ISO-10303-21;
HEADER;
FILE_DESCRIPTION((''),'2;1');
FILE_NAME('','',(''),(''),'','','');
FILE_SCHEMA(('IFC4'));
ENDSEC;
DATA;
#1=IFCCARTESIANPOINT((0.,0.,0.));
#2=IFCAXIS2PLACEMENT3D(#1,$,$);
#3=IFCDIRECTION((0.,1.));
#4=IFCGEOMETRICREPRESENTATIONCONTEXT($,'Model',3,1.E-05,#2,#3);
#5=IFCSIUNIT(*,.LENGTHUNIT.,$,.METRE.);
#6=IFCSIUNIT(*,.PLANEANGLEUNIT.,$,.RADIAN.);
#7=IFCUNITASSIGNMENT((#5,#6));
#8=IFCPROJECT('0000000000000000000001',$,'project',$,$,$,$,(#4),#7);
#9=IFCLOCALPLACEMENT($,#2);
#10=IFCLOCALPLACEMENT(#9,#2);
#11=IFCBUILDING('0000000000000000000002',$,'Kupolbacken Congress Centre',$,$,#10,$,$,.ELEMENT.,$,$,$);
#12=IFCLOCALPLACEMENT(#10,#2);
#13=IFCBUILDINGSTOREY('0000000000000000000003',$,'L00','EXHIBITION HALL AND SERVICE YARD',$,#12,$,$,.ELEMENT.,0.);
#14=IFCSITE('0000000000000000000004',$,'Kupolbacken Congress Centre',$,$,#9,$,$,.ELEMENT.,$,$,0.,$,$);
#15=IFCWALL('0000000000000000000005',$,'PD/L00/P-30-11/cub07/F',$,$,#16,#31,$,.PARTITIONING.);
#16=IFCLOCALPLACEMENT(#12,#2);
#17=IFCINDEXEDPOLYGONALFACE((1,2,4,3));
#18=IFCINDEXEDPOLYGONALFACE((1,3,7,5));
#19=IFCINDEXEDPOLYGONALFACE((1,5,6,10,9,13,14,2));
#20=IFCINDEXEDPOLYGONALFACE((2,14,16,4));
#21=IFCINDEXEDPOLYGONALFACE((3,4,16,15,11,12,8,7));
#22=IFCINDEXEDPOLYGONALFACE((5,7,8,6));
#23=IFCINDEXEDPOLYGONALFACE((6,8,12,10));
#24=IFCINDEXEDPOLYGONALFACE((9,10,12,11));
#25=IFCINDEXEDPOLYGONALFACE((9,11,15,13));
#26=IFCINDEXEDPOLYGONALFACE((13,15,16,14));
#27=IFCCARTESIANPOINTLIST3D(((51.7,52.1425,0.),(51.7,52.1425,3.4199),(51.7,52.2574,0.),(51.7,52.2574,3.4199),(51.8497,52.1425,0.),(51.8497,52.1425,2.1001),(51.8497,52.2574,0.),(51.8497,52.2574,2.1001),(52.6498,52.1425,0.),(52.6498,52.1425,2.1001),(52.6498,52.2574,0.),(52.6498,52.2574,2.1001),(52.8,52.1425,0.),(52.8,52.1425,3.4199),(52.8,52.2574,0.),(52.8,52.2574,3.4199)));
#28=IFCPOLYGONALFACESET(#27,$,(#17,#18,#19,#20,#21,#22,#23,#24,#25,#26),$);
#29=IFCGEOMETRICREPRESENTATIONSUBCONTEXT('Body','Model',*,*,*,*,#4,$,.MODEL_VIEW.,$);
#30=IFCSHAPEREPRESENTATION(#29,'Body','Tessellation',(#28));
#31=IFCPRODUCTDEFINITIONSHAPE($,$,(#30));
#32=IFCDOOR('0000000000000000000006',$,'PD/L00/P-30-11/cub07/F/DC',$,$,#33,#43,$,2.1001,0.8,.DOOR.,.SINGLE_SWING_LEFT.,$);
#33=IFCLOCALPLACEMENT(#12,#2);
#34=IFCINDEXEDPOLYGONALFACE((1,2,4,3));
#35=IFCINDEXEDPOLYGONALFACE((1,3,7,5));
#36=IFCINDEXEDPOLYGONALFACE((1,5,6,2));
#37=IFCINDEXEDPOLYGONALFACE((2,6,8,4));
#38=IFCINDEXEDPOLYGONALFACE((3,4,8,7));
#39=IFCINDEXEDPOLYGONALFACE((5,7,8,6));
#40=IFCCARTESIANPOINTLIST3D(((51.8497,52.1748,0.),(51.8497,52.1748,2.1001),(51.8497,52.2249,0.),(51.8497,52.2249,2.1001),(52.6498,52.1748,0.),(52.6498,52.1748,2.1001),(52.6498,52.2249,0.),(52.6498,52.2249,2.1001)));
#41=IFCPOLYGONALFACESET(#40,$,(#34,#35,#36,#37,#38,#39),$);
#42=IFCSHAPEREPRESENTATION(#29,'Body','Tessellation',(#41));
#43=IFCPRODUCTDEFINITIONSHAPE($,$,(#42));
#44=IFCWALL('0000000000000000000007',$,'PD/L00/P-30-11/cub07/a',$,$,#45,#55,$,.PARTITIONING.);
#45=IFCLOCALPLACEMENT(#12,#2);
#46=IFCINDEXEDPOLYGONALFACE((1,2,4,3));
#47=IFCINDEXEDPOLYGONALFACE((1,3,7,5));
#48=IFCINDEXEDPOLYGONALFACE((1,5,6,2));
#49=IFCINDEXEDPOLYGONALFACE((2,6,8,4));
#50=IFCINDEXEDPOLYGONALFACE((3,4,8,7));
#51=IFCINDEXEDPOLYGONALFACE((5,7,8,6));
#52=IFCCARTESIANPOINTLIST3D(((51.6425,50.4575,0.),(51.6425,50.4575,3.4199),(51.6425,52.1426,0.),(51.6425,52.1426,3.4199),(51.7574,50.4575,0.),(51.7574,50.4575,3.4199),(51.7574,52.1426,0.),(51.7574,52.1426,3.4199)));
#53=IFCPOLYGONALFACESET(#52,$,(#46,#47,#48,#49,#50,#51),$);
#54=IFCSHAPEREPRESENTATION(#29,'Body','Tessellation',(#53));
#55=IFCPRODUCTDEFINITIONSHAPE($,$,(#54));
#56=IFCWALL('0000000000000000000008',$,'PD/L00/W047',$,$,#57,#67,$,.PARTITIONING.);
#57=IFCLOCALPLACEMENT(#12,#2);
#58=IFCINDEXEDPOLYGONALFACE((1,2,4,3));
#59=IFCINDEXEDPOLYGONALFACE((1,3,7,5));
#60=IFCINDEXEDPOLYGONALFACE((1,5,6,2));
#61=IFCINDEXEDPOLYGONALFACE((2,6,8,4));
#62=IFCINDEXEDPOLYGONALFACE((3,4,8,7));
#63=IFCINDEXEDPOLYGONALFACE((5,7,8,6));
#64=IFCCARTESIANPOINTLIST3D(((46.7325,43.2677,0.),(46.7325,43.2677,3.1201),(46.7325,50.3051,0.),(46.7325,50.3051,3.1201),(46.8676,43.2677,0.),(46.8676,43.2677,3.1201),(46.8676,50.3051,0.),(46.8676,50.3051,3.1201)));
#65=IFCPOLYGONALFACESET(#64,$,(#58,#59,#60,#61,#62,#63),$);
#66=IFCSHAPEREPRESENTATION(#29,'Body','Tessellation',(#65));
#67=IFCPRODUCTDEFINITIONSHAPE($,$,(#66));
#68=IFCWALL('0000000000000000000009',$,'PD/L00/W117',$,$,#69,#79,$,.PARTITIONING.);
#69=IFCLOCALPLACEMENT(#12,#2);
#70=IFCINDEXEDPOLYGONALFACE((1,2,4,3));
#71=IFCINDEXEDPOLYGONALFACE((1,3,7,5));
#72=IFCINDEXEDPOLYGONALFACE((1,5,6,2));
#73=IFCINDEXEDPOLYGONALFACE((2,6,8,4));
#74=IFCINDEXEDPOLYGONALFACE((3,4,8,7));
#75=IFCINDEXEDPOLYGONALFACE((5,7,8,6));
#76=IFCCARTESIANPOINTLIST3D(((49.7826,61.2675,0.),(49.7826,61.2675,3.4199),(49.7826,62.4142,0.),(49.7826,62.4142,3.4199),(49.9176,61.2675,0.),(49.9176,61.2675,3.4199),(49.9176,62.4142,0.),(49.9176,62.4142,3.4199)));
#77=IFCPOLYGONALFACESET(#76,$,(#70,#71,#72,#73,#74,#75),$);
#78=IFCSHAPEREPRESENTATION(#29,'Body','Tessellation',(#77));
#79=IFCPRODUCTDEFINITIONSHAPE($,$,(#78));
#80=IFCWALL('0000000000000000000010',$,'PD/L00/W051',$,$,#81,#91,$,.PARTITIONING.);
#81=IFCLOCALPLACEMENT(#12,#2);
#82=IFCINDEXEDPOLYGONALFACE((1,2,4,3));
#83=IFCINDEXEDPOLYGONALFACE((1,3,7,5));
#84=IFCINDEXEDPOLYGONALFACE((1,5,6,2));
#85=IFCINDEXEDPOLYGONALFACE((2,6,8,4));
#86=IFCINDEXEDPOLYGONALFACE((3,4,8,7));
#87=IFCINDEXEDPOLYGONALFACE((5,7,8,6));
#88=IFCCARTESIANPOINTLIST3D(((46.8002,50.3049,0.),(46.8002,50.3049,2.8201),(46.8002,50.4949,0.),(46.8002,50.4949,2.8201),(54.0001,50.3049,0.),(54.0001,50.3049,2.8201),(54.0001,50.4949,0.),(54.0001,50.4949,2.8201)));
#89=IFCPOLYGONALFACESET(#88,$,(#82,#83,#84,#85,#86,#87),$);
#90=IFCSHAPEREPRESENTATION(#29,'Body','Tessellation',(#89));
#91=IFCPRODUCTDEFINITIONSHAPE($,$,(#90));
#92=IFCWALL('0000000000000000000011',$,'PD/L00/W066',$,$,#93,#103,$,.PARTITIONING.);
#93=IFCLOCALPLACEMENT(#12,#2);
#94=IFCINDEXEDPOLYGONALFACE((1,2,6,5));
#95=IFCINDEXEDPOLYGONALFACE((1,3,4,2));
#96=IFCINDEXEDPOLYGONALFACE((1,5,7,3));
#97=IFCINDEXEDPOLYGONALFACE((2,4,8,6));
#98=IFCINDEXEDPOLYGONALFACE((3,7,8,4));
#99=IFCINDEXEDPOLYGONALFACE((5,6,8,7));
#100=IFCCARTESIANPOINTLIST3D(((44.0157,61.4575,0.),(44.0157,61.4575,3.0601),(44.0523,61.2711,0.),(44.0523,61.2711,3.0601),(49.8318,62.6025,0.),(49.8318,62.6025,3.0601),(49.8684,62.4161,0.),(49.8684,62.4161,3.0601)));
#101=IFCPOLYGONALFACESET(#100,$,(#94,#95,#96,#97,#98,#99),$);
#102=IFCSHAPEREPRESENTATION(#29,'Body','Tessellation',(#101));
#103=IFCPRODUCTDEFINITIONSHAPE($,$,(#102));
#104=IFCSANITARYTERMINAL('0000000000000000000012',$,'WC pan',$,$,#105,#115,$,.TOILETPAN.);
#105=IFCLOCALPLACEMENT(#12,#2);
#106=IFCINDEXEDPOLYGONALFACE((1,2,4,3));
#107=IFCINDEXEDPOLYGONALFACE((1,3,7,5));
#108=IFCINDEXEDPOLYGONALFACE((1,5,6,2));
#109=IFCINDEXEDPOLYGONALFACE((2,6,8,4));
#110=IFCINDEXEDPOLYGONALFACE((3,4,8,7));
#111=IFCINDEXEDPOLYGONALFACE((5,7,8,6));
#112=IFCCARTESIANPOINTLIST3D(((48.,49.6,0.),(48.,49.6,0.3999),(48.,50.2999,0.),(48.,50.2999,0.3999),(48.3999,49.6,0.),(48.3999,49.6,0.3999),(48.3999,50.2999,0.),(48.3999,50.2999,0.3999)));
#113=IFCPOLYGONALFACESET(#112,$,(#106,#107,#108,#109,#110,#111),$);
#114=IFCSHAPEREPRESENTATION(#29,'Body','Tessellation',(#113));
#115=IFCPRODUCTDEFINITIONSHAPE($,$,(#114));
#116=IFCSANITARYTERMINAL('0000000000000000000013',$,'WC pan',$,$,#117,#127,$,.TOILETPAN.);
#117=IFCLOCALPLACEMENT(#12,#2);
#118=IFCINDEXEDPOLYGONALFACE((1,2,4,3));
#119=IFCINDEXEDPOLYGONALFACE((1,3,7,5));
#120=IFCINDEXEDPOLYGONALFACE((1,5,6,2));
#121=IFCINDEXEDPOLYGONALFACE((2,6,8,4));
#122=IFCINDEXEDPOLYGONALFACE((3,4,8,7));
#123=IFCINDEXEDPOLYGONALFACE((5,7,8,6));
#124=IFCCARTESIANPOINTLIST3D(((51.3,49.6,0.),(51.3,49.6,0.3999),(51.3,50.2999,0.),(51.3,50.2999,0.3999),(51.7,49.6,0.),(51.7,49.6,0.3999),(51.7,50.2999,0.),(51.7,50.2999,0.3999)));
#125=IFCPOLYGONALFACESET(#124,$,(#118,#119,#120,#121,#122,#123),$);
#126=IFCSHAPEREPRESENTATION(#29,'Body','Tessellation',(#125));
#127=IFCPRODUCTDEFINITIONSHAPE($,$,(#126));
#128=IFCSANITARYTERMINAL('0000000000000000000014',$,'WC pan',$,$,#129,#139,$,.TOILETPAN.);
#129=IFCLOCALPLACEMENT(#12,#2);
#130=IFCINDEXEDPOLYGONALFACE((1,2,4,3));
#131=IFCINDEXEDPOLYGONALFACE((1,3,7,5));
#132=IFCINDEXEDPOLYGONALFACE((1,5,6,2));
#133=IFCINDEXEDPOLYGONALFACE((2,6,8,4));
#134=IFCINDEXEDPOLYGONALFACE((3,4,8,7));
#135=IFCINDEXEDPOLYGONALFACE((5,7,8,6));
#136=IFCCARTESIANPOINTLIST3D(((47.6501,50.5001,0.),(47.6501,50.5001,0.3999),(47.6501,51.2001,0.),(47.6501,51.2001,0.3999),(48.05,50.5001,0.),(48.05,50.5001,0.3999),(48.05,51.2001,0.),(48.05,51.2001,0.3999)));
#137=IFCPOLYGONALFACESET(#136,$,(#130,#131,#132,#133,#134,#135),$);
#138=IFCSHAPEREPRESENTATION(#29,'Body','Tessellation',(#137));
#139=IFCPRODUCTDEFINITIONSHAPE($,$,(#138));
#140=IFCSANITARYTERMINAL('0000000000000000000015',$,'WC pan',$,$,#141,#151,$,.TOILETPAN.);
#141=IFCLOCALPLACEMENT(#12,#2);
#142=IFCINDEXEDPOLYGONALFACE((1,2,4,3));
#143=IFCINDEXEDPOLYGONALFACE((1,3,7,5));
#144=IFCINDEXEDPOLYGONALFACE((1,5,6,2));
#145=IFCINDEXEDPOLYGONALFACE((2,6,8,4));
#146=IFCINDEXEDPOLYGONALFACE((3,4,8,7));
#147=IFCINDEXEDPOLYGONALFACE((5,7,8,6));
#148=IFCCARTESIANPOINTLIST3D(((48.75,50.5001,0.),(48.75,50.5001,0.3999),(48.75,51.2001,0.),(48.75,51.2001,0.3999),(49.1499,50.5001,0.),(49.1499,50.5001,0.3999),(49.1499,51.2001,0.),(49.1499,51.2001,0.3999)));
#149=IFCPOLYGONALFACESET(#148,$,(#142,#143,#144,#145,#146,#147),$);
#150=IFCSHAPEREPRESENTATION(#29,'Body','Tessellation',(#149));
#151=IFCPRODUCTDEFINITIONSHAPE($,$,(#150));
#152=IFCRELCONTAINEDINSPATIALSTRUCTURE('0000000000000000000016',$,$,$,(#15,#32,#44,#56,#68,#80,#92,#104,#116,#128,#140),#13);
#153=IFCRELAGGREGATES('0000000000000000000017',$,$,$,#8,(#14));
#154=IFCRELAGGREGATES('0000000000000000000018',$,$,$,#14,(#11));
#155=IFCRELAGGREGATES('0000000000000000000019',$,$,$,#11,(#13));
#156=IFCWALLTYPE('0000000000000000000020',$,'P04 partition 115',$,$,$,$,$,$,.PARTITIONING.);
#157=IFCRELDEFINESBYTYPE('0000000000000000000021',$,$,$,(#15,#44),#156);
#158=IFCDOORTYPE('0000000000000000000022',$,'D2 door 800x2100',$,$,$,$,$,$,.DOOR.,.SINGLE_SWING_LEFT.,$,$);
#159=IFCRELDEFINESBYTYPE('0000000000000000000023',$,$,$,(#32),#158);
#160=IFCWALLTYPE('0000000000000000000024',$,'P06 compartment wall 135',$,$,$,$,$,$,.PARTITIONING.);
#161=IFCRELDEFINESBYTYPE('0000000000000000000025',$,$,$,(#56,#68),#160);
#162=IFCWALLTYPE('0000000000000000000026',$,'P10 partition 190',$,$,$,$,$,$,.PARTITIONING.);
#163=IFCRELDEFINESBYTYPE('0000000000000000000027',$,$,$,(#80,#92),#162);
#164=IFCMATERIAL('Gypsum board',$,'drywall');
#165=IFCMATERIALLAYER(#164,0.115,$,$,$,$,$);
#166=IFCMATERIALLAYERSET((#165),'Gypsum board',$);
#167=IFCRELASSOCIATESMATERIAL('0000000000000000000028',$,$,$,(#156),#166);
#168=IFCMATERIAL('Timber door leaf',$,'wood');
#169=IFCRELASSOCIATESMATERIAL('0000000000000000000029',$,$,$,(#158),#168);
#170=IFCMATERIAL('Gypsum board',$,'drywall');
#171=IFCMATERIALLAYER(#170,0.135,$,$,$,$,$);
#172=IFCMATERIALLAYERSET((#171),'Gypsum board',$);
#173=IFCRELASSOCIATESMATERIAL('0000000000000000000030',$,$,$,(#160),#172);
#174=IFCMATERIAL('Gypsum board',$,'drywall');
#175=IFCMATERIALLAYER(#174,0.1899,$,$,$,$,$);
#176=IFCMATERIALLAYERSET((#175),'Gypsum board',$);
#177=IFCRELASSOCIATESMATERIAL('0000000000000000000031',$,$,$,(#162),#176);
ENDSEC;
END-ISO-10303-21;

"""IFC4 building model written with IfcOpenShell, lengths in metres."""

from ifc_helpers import new_model, si_unit, direction, frame, frame_2d, origin, origin_2d, place, context, subcontext, project, spatial, rectangle, extrude, material, layer, layer_set, type_object, element, fill, save


model = new_model("IFC4")

# Units and contexts
model_context = context("Model", 3, precision=1e-05, world=origin(), true_north=direction((0.0, 1.0)))
body_context = subcontext(model_context, "Body", "Model", "MODEL_VIEW")
ifc_project = project(units=[si_unit("LENGTHUNIT", "METRE"), si_unit("PLANEANGLEUNIT", "RADIAN")], contexts=[model_context])

# Site, building, storey
site_placement = place(None, origin())
site = spatial("IfcSite", under=ifc_project, at=site_placement, Name="Kupolbacken Congress Centre", CompositionType="ELEMENT", RefElevation=0.0)
building_placement = place(site_placement, origin())
building = spatial("IfcBuilding", under=site, at=building_placement, Name="Kupolbacken Congress Centre", CompositionType="ELEMENT")
storey_placement = place(building_placement, origin())
storey = spatial("IfcBuildingStorey", under=building, at=storey_placement, Name="L00", Description="EXHIBITION HALL AND SERVICE YARD", CompositionType="ELEMENT", Elevation=0.0)

# Shared definitions
ifc_material_1 = material(Name="Gypsum board", Category="drywall")
ifc_layer_1 = layer(ifc_material_1, 0.115)
ifc_layer_set_1 = layer_set([ifc_layer_1], Name="Gypsum board")
wall_type_1 = type_object("IfcWallType", Name="P04 partition 115", PredefinedType="PARTITIONING", material=ifc_layer_set_1)

# Shared definitions
ifc_material_2 = material(Name="Timber door leaf", Category="wood")
door_type = type_object("IfcDoorType", Name="D2 door 800x2100", OperationType="SINGLE_SWING_LEFT", PredefinedType="DOOR", material=ifc_material_2)

# Wall, opening, door
wall_1_placement = place(storey_placement, frame((51.7, 52.2, 0.0), z_axis=(0.0, 0.0, 1.0), x_axis=(1.0, 0.0, 0.0)))
wall_1 = element("IfcWall", 1, at=wall_1_placement, inside=storey, type_object=wall_type_1, Name="PD/L00/P-30-11/cub07/F", PredefinedType="PARTITIONING", context=body_context, shape_type="SweptSolid", body=[
    extrude(rectangle(XDim=1.1001, YDim=0.115, at=frame_2d((0.55, 0.0))), origin(), (0.0, 0.0, 1.0), 3.4199),
])
opening_1_placement = place(wall_1_placement, frame((0.1499, 0.0, 0.0)))
opening_1 = element("IfcOpeningElement", 2, at=opening_1_placement, cuts=wall_1, PredefinedType="OPENING", context=body_context, shape_type="SweptSolid", body=[
    extrude(rectangle(XDim=0.8, YDim=2.1001, at=frame_2d((0.3999, 1.05))), frame((0.0, 0.0674, 0.0), z_axis=(0.0, -1.0, 0.0), x_axis=(1.0, 0.0, 0.0)), (0.0, 0.0, 1.0), 0.135),
])
door_1_placement = place(opening_1_placement, origin())
door_1 = element("IfcDoor", 3, at=door_1_placement, inside=storey, type_object=door_type, Name="PD/L00/P-30-11/cub07/F/DC", OperationType="SINGLE_SWING_LEFT", OverallHeight=2.1001, OverallWidth=0.8, PredefinedType="DOOR", context=body_context, shape_type="SweptSolid", body=[
    extrude(rectangle(XDim=0.8, YDim=2.1001, at=frame_2d((0.3999, 1.05))), frame((0.0, 0.0249, 0.0), z_axis=(0.0, -1.0, 0.0), x_axis=(1.0, 0.0, 0.0)), (0.0, 0.0, 1.0), 0.05),
])
fill(opening_1, door_1)

# Walls
wall_2_placement = place(storey_placement, frame((51.7, 50.4575, 0.0), z_axis=(0.0, 0.0, 1.0), x_axis=(0.0, 1.0, 0.0)))
element("IfcWall", 4, at=wall_2_placement, inside=storey, type_object=wall_type_1, Name="PD/L00/P-30-11/cub07/a", PredefinedType="PARTITIONING", context=body_context, shape_type="SweptSolid", body=[
    extrude(rectangle(XDim=1.6851, YDim=0.115, at=frame_2d((0.8425, 0.0))), origin(), (0.0, 0.0, 1.0), 3.4199),
])
ifc_material_3 = material(Name="Gypsum board", Category="drywall")
ifc_layer_2 = layer(ifc_material_3, 0.135)
ifc_layer_set_2 = layer_set([ifc_layer_2], Name="Gypsum board")
wall_type_2 = type_object("IfcWallType", Name="P06 compartment wall 135", PredefinedType="PARTITIONING", material=ifc_layer_set_2)
wall_3_placement = place(storey_placement, frame((46.8, 50.3049, 0.0), z_axis=(0.0, 0.0, 1.0), x_axis=(0.0, -1.0, 0.0)))
element("IfcWall", 5, at=wall_3_placement, inside=storey, type_object=wall_type_2, Name="PD/L00/W047", PredefinedType="PARTITIONING", context=body_context, shape_type="SweptSolid", body=[
    extrude(rectangle(XDim=7.0374, YDim=0.135, at=frame_2d((3.5186, 0.0))), origin(), (0.0, 0.0, 1.0), 3.1201),
])
wall_4_placement = place(storey_placement, frame((49.8501, 61.2676, 0.0), z_axis=(0.0, 0.0, 1.0), x_axis=(0.0, 1.0, 0.0)))
element("IfcWall", 6, at=wall_4_placement, inside=storey, type_object=wall_type_2, Name="PD/L00/W117", PredefinedType="PARTITIONING", context=body_context, shape_type="SweptSolid", body=[
    extrude(rectangle(XDim=1.1467, YDim=0.135, at=frame_2d((0.5732, 0.0))), origin(), (0.0, 0.0, 1.0), 3.4199),
])
ifc_material_4 = material(Name="Gypsum board", Category="drywall")
ifc_layer_3 = layer(ifc_material_4, 0.1899)
ifc_layer_set_3 = layer_set([ifc_layer_3], Name="Gypsum board")
wall_type_3 = type_object("IfcWallType", Name="P10 partition 190", PredefinedType="PARTITIONING", material=ifc_layer_set_3)
wall_5_placement = place(storey_placement, frame((46.8, 50.3999, 0.0), z_axis=(0.0, 0.0, 1.0), x_axis=(1.0, 0.0, 0.0)))
element("IfcWall", 7, at=wall_5_placement, inside=storey, type_object=wall_type_3, Name="PD/L00/W051", PredefinedType="PARTITIONING", context=body_context, shape_type="SweptSolid", body=[
    extrude(rectangle(XDim=7.2, YDim=0.1899, at=frame_2d((3.6001, 0.0))), origin(), (0.0, 0.0, 1.0), 2.8201),
])
wall_6_placement = place(storey_placement, frame((49.8501, 62.5093, 0.0), z_axis=(0.0, 0.0, 1.0), x_axis=(-0.981167, -0.193161, 0.0)))
element("IfcWall", 8, at=wall_6_placement, inside=storey, type_object=wall_type_3, Name="PD/L00/W066", PredefinedType="PARTITIONING", context=body_context, shape_type="SweptSolid", body=[
    extrude(rectangle(XDim=5.9277, YDim=0.1899, at=frame_2d((2.9639, 0.0))), origin(), (0.0, 0.0, 1.0), 3.0601),
])

# Sanitary terminals
for number, where, z_axis, x_axis, name in (
    (9, (48.2, 49.95, 0.0), (0.0, 0.0, 1.0), (1.0, 0.0, 0.0), "WC pan"),
    (10, (51.5, 49.95, 0.0), (0.0, 0.0, 1.0), (1.0, 0.0, 0.0), "WC pan"),
    (11, (47.8501, 50.8501, 0.0), (0.0, 0.0, 1.0), (1.0, 0.0, 0.0), "WC pan"),
    (12, (48.95, 50.8501, 0.0), (0.0, 0.0, 1.0), (1.0, 0.0, 0.0), "WC pan"),
):
    element("IfcSanitaryTerminal", number, at=place(storey_placement, frame(where, z_axis=z_axis, x_axis=x_axis)), inside=storey, Name=name, PredefinedType="TOILETPAN", context=body_context, shape_type="SweptSolid", body=[
        extrude(rectangle(XDim=0.3999, YDim=0.7, at=origin_2d()), origin(), (0.0, 0.0, 1.0), 0.3999),
    ])

save(model, "model.ifc")
